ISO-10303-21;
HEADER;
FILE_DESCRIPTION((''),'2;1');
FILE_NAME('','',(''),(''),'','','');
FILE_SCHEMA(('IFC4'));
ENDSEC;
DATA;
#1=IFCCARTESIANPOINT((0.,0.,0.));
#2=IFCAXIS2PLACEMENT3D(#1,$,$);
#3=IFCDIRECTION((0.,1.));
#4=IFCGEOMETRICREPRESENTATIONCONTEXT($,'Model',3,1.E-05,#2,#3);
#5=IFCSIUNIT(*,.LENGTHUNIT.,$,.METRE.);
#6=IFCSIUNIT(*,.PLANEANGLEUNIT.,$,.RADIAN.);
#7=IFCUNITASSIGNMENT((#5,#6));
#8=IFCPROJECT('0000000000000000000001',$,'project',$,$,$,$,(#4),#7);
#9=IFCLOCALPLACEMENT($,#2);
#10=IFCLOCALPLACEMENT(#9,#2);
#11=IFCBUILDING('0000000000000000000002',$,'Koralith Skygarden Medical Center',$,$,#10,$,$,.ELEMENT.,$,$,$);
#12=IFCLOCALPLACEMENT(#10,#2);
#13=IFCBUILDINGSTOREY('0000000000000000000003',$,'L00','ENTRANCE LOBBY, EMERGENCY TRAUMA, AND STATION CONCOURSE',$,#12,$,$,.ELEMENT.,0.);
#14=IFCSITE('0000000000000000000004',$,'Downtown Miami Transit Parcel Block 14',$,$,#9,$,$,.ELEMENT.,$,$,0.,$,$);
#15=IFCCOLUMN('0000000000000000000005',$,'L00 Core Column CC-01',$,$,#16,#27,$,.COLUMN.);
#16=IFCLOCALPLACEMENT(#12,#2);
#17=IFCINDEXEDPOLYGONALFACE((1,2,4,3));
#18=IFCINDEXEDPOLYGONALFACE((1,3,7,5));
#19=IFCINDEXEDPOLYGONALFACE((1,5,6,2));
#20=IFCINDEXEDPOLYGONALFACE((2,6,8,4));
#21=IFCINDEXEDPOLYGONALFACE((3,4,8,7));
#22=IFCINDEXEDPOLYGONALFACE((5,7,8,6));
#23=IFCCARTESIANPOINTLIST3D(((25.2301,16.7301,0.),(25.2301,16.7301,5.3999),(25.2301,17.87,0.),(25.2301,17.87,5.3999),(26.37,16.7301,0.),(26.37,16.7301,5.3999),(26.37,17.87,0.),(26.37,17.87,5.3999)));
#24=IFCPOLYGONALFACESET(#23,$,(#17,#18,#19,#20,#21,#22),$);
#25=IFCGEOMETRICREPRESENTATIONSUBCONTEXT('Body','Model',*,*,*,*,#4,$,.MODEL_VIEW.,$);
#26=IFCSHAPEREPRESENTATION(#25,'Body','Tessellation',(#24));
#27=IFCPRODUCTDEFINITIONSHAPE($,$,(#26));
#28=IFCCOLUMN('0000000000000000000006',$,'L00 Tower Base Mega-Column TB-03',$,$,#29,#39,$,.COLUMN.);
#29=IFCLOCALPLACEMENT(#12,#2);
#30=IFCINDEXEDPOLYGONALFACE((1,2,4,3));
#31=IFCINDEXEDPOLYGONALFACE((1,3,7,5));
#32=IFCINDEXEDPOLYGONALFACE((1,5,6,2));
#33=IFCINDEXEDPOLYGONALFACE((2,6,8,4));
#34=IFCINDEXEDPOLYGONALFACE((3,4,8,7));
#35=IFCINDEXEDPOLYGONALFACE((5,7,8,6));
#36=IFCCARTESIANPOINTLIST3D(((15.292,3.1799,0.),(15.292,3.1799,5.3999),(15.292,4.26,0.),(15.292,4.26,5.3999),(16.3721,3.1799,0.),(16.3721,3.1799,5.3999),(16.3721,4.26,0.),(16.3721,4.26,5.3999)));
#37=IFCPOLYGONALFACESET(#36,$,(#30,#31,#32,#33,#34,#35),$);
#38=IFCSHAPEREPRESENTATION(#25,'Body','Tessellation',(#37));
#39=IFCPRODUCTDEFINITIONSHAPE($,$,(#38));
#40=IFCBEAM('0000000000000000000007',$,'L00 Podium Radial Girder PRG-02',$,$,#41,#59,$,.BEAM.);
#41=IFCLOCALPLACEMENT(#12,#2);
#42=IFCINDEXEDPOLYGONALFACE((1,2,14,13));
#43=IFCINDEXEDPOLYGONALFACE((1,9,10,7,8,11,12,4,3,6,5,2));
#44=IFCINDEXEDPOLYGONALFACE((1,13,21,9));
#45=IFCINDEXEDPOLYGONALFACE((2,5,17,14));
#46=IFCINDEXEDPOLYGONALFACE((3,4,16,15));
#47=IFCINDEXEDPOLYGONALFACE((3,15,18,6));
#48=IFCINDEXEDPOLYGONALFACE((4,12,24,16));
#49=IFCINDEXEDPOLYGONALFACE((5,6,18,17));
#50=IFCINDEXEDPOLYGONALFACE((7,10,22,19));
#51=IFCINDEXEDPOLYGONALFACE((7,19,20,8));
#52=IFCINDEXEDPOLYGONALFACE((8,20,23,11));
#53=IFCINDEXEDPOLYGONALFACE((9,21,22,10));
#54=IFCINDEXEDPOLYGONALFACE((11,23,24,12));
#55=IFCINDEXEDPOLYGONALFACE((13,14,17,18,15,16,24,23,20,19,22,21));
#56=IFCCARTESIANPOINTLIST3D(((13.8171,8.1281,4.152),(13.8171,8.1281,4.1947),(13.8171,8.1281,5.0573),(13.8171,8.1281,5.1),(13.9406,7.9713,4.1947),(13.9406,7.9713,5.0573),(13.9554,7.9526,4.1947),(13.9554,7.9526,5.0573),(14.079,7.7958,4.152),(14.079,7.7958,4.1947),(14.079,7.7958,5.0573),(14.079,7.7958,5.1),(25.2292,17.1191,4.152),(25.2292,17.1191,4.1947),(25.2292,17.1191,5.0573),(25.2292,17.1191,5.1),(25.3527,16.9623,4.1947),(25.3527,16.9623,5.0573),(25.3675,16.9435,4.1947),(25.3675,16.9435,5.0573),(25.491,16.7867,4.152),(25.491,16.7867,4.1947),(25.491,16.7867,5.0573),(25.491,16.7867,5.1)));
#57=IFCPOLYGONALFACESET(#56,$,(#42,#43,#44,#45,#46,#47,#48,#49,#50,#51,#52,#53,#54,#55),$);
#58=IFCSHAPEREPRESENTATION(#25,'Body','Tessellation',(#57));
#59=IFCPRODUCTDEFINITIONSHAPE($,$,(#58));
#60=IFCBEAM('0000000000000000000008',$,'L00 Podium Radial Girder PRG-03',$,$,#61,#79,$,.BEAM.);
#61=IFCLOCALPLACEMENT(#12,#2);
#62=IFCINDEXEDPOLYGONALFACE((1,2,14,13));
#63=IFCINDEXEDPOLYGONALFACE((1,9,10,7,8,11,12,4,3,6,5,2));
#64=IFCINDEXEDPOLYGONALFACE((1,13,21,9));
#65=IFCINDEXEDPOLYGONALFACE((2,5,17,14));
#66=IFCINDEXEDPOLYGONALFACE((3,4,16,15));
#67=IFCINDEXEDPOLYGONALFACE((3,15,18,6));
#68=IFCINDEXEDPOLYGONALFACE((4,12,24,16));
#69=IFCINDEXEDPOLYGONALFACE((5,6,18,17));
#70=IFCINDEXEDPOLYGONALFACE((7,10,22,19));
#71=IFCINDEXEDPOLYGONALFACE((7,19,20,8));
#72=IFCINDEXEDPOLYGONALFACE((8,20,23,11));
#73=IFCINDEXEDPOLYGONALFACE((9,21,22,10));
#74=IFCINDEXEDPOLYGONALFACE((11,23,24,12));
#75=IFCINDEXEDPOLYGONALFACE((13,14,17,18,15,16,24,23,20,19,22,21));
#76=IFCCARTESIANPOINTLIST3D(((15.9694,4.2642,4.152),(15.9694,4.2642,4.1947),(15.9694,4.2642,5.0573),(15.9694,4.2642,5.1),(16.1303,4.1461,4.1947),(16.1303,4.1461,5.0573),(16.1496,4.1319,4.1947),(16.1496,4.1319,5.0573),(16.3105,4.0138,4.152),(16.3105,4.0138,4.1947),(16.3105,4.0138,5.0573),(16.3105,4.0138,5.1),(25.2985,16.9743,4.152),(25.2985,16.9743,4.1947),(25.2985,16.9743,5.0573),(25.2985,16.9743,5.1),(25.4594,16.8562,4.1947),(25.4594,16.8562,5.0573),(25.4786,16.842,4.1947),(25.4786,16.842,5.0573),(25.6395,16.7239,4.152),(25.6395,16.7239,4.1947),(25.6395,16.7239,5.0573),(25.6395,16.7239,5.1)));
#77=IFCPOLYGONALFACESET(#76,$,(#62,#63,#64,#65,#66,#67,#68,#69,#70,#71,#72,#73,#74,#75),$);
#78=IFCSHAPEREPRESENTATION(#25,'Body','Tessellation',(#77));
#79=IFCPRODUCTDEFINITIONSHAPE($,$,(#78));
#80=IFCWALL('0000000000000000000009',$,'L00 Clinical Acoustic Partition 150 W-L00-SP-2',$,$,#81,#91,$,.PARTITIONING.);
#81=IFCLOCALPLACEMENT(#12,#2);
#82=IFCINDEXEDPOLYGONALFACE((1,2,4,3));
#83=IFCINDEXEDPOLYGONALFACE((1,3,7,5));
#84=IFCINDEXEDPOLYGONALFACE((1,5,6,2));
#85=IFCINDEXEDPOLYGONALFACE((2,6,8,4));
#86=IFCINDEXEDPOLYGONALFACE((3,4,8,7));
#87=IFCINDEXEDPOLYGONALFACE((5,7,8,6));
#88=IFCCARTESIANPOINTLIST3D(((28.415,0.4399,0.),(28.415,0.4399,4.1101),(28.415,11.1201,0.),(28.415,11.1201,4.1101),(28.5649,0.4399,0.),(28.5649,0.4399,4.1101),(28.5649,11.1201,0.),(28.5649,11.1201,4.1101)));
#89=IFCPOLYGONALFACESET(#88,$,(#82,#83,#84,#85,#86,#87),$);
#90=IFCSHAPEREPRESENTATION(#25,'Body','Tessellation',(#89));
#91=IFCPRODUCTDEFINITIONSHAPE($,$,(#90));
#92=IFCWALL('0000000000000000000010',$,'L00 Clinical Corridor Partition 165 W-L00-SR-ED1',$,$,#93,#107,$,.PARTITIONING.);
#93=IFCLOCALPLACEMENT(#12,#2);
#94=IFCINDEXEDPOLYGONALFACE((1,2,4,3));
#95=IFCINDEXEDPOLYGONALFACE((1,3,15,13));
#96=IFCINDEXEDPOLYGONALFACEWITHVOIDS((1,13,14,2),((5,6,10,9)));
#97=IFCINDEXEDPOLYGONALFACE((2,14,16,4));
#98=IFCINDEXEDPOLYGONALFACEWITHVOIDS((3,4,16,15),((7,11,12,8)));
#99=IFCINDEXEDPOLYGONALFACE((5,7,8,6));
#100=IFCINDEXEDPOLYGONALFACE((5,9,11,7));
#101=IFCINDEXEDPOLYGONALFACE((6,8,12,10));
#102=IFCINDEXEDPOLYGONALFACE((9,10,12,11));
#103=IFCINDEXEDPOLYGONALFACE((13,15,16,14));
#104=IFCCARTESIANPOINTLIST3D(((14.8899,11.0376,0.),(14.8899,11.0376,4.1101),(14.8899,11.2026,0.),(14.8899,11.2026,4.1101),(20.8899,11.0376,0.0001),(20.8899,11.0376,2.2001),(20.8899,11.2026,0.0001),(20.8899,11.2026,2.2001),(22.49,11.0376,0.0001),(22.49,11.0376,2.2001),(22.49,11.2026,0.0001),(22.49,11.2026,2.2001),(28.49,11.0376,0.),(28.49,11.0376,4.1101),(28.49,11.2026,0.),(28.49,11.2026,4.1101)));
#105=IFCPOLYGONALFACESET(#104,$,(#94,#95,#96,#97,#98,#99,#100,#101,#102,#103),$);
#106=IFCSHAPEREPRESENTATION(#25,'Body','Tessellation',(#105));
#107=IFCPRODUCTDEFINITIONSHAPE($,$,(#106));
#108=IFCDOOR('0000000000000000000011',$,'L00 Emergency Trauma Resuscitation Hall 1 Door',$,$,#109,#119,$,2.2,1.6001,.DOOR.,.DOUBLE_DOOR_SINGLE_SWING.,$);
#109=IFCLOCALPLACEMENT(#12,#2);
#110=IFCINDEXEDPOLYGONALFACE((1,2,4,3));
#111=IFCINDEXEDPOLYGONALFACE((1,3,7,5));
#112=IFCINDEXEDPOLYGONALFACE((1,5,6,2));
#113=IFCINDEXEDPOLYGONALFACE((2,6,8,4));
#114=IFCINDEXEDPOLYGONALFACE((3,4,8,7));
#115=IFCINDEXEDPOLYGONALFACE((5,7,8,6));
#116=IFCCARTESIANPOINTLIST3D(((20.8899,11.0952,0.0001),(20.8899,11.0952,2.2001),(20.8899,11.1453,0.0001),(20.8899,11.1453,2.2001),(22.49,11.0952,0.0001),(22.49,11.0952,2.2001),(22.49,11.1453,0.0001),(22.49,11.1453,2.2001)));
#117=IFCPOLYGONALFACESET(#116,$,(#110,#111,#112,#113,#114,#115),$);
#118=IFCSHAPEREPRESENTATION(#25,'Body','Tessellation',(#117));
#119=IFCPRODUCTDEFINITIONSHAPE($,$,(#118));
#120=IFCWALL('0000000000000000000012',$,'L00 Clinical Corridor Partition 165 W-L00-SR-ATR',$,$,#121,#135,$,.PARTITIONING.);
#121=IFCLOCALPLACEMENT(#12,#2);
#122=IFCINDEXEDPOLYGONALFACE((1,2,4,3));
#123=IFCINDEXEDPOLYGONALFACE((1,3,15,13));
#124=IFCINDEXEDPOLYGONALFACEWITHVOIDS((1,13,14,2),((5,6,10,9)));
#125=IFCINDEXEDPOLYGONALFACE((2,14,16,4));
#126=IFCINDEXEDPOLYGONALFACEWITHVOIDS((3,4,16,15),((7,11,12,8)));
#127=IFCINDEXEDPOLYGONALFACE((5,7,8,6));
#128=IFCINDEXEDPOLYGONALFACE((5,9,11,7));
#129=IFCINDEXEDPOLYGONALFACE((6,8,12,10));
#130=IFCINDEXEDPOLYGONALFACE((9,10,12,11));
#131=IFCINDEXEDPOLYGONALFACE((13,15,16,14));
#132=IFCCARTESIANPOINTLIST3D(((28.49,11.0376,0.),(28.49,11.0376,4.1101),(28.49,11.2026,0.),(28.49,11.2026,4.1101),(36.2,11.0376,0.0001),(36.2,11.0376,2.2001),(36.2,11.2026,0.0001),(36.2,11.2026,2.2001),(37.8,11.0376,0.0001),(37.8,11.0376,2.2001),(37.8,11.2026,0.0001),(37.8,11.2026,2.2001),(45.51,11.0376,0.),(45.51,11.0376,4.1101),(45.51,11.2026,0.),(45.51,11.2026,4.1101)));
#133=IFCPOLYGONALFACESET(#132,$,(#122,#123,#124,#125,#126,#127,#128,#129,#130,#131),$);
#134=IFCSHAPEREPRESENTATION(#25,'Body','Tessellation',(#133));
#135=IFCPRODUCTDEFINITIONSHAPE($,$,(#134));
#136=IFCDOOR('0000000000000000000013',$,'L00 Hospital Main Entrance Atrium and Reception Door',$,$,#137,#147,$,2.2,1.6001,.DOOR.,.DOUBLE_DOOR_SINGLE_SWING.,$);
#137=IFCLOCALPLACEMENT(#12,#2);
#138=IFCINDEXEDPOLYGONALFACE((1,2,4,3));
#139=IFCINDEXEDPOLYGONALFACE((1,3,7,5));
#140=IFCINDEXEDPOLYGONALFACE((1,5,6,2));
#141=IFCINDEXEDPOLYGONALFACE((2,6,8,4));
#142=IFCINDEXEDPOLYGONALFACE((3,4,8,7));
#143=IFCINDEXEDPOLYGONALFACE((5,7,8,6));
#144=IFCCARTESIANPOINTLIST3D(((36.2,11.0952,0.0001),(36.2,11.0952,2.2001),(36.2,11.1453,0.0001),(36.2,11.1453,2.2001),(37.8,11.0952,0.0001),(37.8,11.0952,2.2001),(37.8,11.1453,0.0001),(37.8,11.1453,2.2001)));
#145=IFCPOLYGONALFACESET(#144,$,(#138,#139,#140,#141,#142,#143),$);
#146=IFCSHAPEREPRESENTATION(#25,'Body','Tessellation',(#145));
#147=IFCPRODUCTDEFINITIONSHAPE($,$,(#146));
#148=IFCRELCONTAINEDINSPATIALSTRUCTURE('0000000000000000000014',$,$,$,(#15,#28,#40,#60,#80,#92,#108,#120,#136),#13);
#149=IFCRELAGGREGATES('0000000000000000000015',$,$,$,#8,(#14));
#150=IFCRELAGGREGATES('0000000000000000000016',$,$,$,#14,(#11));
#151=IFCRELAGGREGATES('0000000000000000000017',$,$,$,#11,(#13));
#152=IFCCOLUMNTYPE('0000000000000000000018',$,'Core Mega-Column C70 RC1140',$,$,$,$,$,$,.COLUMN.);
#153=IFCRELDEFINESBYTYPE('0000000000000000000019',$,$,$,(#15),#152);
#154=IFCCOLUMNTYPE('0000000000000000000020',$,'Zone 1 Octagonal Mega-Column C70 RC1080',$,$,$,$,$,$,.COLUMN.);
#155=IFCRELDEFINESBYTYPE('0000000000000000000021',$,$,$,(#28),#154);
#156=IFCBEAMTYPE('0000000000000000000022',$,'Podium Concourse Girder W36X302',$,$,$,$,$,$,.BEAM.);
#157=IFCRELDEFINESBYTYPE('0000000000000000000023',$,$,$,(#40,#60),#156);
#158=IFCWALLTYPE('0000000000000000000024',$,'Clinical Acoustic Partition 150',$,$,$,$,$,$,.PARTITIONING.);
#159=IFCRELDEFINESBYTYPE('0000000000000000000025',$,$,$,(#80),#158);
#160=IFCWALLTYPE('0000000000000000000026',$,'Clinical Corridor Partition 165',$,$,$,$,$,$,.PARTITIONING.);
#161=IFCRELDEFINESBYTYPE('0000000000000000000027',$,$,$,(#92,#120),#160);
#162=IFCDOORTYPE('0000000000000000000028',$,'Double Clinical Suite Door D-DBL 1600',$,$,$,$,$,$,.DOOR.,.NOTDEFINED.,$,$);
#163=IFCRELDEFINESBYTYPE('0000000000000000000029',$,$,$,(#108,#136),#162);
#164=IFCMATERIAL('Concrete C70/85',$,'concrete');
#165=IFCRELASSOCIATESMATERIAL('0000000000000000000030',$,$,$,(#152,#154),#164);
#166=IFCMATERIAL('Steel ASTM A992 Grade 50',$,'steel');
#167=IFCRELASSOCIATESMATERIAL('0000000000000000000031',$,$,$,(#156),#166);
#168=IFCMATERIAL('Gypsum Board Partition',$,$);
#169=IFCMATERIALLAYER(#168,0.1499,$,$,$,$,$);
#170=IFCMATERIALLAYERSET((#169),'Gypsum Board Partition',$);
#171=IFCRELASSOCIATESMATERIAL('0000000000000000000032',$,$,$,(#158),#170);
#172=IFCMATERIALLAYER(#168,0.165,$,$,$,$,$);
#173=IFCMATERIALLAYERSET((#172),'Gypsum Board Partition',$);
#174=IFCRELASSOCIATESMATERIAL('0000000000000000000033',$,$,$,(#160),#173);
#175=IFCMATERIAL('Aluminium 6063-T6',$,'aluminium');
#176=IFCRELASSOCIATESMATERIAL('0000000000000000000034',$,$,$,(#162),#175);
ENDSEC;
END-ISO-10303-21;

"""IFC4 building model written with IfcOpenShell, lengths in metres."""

from ifc_helpers import new_model, si_unit, direction, frame, frame_2d, origin, origin_2d, place, context, subcontext, project, spatial, rectangle, i_section, extrude, material, layer, layer_set, material_profile, profile_set, type_object, element, fill, save


model = new_model("IFC4")

# Units and contexts
model_context = context("Model", 3, precision=1e-05, world=origin(), true_north=direction((0.0, 1.0)))
body_context = subcontext(model_context, "Body", "Model", "MODEL_VIEW")
ifc_project = project(units=[si_unit("LENGTHUNIT", "METRE"), si_unit("PLANEANGLEUNIT", "RADIAN")], contexts=[model_context])

# Site, building, storey
site_placement = place(None, origin())
site = spatial("IfcSite", under=ifc_project, at=site_placement, Name="Downtown Miami Transit Parcel Block 14", CompositionType="ELEMENT", RefElevation=0.0)
building_placement = place(site_placement, origin())
building = spatial("IfcBuilding", under=site, at=building_placement, Name="Koralith Skygarden Medical Center", CompositionType="ELEMENT")
storey_placement = place(building_placement, origin())
storey = spatial("IfcBuildingStorey", under=building, at=storey_placement, Name="L00", Description="ENTRANCE LOBBY, EMERGENCY TRAUMA, AND STATION CONCOURSE", CompositionType="ELEMENT", Elevation=0.0)

# Columns
ifc_material_1 = material(Name="Concrete C70/85", Category="concrete")
ifc_material_profile_1 = material_profile(ifc_material_1, rectangle(XDim=1.1399, YDim=1.1399, at=origin_2d()), Name="RC1140X1140")
ifc_profile_set_1 = profile_set([ifc_material_profile_1], Name="Concrete C70/85")
column_type_1 = type_object("IfcColumnType", Name="Core Mega-Column C70 RC1140", PredefinedType="COLUMN", material=ifc_profile_set_1)
column_1_placement = place(storey_placement, frame((25.8, 17.3, 0.0), z_axis=(0.0, 0.0, 1.0), x_axis=(1.0, 0.0, 0.0)))
element("IfcColumn", 1, at=column_1_placement, inside=storey, type_object=column_type_1, Name="L00 Core Column CC-01", PredefinedType="COLUMN", context=body_context, shape_type="SweptSolid", body=[
    extrude(rectangle(XDim=1.1399, YDim=1.1399, at=origin_2d()), origin(), (0.0, 0.0, 1.0), 5.3999),
])
ifc_material_profile_2 = material_profile(ifc_material_1, rectangle(XDim=1.0801, YDim=1.0801, at=origin_2d()), Name="RC1080X1080")
ifc_profile_set_2 = profile_set([ifc_material_profile_2], Name="Concrete C70/85")
column_type_2 = type_object("IfcColumnType", Name="Zone 1 Octagonal Mega-Column C70 RC1080", PredefinedType="COLUMN", material=ifc_profile_set_2)
column_2_placement = place(storey_placement, frame((15.832, 3.72, 0.0), z_axis=(0.0, 0.0, 1.0), x_axis=(1.0, 0.0, 0.0)))
element("IfcColumn", 2, at=column_2_placement, inside=storey, type_object=column_type_2, Name="L00 Tower Base Mega-Column TB-03", PredefinedType="COLUMN", context=body_context, shape_type="SweptSolid", body=[
    extrude(rectangle(XDim=1.0801, YDim=1.0801, at=origin_2d()), origin(), (0.0, 0.0, 1.0), 5.3999),
])

# Beams
ifc_material_2 = material(Name="Steel ASTM A992 Grade 50", Category="steel")
ifc_material_profile_3 = material_profile(ifc_material_2, i_section(OverallWidth=0.4231, OverallDepth=0.948, WebThickness=0.0239, FlangeThickness=0.0427, at=origin_2d()), Name="W36X302")
ifc_profile_set_3 = profile_set([ifc_material_profile_3], Name="Steel ASTM A992 Grade 50")
beam_type = type_object("IfcBeamType", Name="Podium Concourse Girder W36X302", PredefinedType="BEAM", material=ifc_profile_set_3)
beam_1_placement = place(storey_placement, frame((25.3601, 16.9529, 4.626), z_axis=(-0.785505, -0.618856, 0.0), x_axis=(0.618856, -0.785505, 0.0)))
element("IfcBeam", 3, at=beam_1_placement, inside=storey, type_object=beam_type, Name="L00 Podium Radial Girder PRG-02", PredefinedType="BEAM", context=body_context, shape_type="SweptSolid", body=[
    extrude(i_section(OverallWidth=0.4231, OverallDepth=0.948, WebThickness=0.0239, FlangeThickness=0.0427, at=origin_2d()), origin(), (0.0, 0.0, 1.0), 14.5283),
])
beam_2_placement = place(storey_placement, frame((25.469, 16.8491, 4.626), z_axis=(-0.591705, -0.806154, 0.0), x_axis=(0.806154, -0.591705, 0.0)))
element("IfcBeam", 4, at=beam_2_placement, inside=storey, type_object=beam_type, Name="L00 Podium Radial Girder PRG-03", PredefinedType="BEAM", context=body_context, shape_type="SweptSolid", body=[
    extrude(i_section(OverallWidth=0.4231, OverallDepth=0.948, WebThickness=0.0239, FlangeThickness=0.0427, at=origin_2d()), origin(), (0.0, 0.0, 1.0), 15.7664),
])

# Wall
ifc_material_3 = material(Name="Gypsum Board Partition")
ifc_layer_1 = layer(ifc_material_3, 0.1499)
ifc_layer_set_1 = layer_set([ifc_layer_1], Name="Gypsum Board Partition")
wall_type_1 = type_object("IfcWallType", Name="Clinical Acoustic Partition 150", PredefinedType="PARTITIONING", material=ifc_layer_set_1)
wall_1_placement = place(storey_placement, frame((28.49, 0.4399, 0.0), z_axis=(0.0, 0.0, 1.0), x_axis=(0.0, 1.0, 0.0)))
element("IfcWall", 5, at=wall_1_placement, inside=storey, type_object=wall_type_1, Name="L00 Clinical Acoustic Partition 150 W-L00-SP-2", PredefinedType="PARTITIONING", context=body_context, shape_type="SweptSolid", body=[
    extrude(rectangle(XDim=10.6802, YDim=0.1499, at=frame_2d((5.3401, 0.0))), origin(), (0.0, 0.0, 1.0), 4.1101),
])

# Walls, openings, doors
ifc_layer_2 = layer(ifc_material_3, 0.165)
ifc_layer_set_2 = layer_set([ifc_layer_2], Name="Gypsum Board Partition")
wall_type_2 = type_object("IfcWallType", Name="Clinical Corridor Partition 165", PredefinedType="PARTITIONING", material=ifc_layer_set_2)
wall_2_placement = place(storey_placement, frame((14.8899, 11.1201, 0.0), z_axis=(0.0, 0.0, 1.0), x_axis=(1.0, 0.0, 0.0)))
wall_2 = element("IfcWall", 6, at=wall_2_placement, inside=storey, type_object=wall_type_2, Name="L00 Clinical Corridor Partition 165 W-L00-SR-ED1", PredefinedType="PARTITIONING", context=body_context, shape_type="SweptSolid", body=[
    extrude(rectangle(XDim=13.6001, YDim=0.165, at=frame_2d((6.8, 0.0))), origin(), (0.0, 0.0, 1.0), 4.1101),
])
opening_1_placement = place(wall_2_placement, frame((6.0, 0.0, 0.0)))
opening_1 = element("IfcOpeningElement", 7, at=opening_1_placement, cuts=wall_2, PredefinedType="OPENING", context=body_context, shape_type="SweptSolid", body=[
    extrude(rectangle(XDim=1.6001, YDim=2.2, at=frame_2d((0.8, 1.1001))), frame((0.0, 0.0925, 0.0), z_axis=(0.0, -1.0, 0.0), x_axis=(1.0, 0.0, 0.0)), (0.0, 0.0, 1.0), 0.1851),
])
ifc_material_4 = material(Name="Aluminium 6063-T6", Category="aluminium")
door_type_1 = type_object("IfcDoorType", Name="Double Clinical Suite Door D-DBL 1600", OperationType="NOTDEFINED", PredefinedType="DOOR", material=ifc_material_4)
door_1_placement = place(opening_1_placement, frame((1.6001, 0.0, 0.0), z_axis=(0.0, 0.0, 1.0), x_axis=(-1.0, 0.0, 0.0)))
door_1 = element("IfcDoor", 8, at=door_1_placement, inside=storey, type_object=door_type_1, Name="L00 Emergency Trauma Resuscitation Hall 1 Door", OperationType="DOUBLE_DOOR_SINGLE_SWING", OverallHeight=2.2, OverallWidth=1.6001, PredefinedType="DOOR", context=body_context, shape_type="SweptSolid", body=[
    extrude(rectangle(XDim=1.6001, YDim=2.2, at=frame_2d((0.8, 1.1001))), frame((0.0, 0.0249, 0.0), z_axis=(0.0, -1.0, 0.0), x_axis=(1.0, 0.0, 0.0)), (0.0, 0.0, 1.0), 0.05),
])
fill(opening_1, door_1)
wall_3_placement = place(storey_placement, frame((28.49, 11.1201, 0.0), z_axis=(0.0, 0.0, 1.0), x_axis=(1.0, 0.0, 0.0)))
wall_3 = element("IfcWall", 9, at=wall_3_placement, inside=storey, type_object=wall_type_2, Name="L00 Clinical Corridor Partition 165 W-L00-SR-ATR", PredefinedType="PARTITIONING", context=body_context, shape_type="SweptSolid", body=[
    extrude(rectangle(XDim=17.02, YDim=0.165, at=frame_2d((8.51, 0.0))), origin(), (0.0, 0.0, 1.0), 4.1101),
])
opening_2_placement = place(wall_3_placement, frame((7.71, 0.0, 0.0)))
opening_2 = element("IfcOpeningElement", 10, at=opening_2_placement, cuts=wall_3, PredefinedType="OPENING", context=body_context, shape_type="SweptSolid", body=[
    extrude(rectangle(XDim=1.6001, YDim=2.2, at=frame_2d((0.8, 1.1001))), frame((0.0, 0.0925, 0.0), z_axis=(0.0, -1.0, 0.0), x_axis=(1.0, 0.0, 0.0)), (0.0, 0.0, 1.0), 0.1851),
])
door_2_placement = place(opening_2_placement, frame((1.6001, 0.0, 0.0), z_axis=(0.0, 0.0, 1.0), x_axis=(-1.0, 0.0, 0.0)))
door_2 = element("IfcDoor", 11, at=door_2_placement, inside=storey, type_object=door_type_1, Name="L00 Hospital Main Entrance Atrium and Reception Door", OperationType="DOUBLE_DOOR_SINGLE_SWING", OverallHeight=2.2, OverallWidth=1.6001, PredefinedType="DOOR", context=body_context, shape_type="SweptSolid", body=[
    extrude(rectangle(XDim=1.6001, YDim=2.2, at=frame_2d((0.8, 1.1001))), frame((0.0, 0.0249, 0.0), z_axis=(0.0, -1.0, 0.0), x_axis=(1.0, 0.0, 0.0)), (0.0, 0.0, 1.0), 0.05),
])
fill(opening_2, door_2)

save(model, "model.ifc")
